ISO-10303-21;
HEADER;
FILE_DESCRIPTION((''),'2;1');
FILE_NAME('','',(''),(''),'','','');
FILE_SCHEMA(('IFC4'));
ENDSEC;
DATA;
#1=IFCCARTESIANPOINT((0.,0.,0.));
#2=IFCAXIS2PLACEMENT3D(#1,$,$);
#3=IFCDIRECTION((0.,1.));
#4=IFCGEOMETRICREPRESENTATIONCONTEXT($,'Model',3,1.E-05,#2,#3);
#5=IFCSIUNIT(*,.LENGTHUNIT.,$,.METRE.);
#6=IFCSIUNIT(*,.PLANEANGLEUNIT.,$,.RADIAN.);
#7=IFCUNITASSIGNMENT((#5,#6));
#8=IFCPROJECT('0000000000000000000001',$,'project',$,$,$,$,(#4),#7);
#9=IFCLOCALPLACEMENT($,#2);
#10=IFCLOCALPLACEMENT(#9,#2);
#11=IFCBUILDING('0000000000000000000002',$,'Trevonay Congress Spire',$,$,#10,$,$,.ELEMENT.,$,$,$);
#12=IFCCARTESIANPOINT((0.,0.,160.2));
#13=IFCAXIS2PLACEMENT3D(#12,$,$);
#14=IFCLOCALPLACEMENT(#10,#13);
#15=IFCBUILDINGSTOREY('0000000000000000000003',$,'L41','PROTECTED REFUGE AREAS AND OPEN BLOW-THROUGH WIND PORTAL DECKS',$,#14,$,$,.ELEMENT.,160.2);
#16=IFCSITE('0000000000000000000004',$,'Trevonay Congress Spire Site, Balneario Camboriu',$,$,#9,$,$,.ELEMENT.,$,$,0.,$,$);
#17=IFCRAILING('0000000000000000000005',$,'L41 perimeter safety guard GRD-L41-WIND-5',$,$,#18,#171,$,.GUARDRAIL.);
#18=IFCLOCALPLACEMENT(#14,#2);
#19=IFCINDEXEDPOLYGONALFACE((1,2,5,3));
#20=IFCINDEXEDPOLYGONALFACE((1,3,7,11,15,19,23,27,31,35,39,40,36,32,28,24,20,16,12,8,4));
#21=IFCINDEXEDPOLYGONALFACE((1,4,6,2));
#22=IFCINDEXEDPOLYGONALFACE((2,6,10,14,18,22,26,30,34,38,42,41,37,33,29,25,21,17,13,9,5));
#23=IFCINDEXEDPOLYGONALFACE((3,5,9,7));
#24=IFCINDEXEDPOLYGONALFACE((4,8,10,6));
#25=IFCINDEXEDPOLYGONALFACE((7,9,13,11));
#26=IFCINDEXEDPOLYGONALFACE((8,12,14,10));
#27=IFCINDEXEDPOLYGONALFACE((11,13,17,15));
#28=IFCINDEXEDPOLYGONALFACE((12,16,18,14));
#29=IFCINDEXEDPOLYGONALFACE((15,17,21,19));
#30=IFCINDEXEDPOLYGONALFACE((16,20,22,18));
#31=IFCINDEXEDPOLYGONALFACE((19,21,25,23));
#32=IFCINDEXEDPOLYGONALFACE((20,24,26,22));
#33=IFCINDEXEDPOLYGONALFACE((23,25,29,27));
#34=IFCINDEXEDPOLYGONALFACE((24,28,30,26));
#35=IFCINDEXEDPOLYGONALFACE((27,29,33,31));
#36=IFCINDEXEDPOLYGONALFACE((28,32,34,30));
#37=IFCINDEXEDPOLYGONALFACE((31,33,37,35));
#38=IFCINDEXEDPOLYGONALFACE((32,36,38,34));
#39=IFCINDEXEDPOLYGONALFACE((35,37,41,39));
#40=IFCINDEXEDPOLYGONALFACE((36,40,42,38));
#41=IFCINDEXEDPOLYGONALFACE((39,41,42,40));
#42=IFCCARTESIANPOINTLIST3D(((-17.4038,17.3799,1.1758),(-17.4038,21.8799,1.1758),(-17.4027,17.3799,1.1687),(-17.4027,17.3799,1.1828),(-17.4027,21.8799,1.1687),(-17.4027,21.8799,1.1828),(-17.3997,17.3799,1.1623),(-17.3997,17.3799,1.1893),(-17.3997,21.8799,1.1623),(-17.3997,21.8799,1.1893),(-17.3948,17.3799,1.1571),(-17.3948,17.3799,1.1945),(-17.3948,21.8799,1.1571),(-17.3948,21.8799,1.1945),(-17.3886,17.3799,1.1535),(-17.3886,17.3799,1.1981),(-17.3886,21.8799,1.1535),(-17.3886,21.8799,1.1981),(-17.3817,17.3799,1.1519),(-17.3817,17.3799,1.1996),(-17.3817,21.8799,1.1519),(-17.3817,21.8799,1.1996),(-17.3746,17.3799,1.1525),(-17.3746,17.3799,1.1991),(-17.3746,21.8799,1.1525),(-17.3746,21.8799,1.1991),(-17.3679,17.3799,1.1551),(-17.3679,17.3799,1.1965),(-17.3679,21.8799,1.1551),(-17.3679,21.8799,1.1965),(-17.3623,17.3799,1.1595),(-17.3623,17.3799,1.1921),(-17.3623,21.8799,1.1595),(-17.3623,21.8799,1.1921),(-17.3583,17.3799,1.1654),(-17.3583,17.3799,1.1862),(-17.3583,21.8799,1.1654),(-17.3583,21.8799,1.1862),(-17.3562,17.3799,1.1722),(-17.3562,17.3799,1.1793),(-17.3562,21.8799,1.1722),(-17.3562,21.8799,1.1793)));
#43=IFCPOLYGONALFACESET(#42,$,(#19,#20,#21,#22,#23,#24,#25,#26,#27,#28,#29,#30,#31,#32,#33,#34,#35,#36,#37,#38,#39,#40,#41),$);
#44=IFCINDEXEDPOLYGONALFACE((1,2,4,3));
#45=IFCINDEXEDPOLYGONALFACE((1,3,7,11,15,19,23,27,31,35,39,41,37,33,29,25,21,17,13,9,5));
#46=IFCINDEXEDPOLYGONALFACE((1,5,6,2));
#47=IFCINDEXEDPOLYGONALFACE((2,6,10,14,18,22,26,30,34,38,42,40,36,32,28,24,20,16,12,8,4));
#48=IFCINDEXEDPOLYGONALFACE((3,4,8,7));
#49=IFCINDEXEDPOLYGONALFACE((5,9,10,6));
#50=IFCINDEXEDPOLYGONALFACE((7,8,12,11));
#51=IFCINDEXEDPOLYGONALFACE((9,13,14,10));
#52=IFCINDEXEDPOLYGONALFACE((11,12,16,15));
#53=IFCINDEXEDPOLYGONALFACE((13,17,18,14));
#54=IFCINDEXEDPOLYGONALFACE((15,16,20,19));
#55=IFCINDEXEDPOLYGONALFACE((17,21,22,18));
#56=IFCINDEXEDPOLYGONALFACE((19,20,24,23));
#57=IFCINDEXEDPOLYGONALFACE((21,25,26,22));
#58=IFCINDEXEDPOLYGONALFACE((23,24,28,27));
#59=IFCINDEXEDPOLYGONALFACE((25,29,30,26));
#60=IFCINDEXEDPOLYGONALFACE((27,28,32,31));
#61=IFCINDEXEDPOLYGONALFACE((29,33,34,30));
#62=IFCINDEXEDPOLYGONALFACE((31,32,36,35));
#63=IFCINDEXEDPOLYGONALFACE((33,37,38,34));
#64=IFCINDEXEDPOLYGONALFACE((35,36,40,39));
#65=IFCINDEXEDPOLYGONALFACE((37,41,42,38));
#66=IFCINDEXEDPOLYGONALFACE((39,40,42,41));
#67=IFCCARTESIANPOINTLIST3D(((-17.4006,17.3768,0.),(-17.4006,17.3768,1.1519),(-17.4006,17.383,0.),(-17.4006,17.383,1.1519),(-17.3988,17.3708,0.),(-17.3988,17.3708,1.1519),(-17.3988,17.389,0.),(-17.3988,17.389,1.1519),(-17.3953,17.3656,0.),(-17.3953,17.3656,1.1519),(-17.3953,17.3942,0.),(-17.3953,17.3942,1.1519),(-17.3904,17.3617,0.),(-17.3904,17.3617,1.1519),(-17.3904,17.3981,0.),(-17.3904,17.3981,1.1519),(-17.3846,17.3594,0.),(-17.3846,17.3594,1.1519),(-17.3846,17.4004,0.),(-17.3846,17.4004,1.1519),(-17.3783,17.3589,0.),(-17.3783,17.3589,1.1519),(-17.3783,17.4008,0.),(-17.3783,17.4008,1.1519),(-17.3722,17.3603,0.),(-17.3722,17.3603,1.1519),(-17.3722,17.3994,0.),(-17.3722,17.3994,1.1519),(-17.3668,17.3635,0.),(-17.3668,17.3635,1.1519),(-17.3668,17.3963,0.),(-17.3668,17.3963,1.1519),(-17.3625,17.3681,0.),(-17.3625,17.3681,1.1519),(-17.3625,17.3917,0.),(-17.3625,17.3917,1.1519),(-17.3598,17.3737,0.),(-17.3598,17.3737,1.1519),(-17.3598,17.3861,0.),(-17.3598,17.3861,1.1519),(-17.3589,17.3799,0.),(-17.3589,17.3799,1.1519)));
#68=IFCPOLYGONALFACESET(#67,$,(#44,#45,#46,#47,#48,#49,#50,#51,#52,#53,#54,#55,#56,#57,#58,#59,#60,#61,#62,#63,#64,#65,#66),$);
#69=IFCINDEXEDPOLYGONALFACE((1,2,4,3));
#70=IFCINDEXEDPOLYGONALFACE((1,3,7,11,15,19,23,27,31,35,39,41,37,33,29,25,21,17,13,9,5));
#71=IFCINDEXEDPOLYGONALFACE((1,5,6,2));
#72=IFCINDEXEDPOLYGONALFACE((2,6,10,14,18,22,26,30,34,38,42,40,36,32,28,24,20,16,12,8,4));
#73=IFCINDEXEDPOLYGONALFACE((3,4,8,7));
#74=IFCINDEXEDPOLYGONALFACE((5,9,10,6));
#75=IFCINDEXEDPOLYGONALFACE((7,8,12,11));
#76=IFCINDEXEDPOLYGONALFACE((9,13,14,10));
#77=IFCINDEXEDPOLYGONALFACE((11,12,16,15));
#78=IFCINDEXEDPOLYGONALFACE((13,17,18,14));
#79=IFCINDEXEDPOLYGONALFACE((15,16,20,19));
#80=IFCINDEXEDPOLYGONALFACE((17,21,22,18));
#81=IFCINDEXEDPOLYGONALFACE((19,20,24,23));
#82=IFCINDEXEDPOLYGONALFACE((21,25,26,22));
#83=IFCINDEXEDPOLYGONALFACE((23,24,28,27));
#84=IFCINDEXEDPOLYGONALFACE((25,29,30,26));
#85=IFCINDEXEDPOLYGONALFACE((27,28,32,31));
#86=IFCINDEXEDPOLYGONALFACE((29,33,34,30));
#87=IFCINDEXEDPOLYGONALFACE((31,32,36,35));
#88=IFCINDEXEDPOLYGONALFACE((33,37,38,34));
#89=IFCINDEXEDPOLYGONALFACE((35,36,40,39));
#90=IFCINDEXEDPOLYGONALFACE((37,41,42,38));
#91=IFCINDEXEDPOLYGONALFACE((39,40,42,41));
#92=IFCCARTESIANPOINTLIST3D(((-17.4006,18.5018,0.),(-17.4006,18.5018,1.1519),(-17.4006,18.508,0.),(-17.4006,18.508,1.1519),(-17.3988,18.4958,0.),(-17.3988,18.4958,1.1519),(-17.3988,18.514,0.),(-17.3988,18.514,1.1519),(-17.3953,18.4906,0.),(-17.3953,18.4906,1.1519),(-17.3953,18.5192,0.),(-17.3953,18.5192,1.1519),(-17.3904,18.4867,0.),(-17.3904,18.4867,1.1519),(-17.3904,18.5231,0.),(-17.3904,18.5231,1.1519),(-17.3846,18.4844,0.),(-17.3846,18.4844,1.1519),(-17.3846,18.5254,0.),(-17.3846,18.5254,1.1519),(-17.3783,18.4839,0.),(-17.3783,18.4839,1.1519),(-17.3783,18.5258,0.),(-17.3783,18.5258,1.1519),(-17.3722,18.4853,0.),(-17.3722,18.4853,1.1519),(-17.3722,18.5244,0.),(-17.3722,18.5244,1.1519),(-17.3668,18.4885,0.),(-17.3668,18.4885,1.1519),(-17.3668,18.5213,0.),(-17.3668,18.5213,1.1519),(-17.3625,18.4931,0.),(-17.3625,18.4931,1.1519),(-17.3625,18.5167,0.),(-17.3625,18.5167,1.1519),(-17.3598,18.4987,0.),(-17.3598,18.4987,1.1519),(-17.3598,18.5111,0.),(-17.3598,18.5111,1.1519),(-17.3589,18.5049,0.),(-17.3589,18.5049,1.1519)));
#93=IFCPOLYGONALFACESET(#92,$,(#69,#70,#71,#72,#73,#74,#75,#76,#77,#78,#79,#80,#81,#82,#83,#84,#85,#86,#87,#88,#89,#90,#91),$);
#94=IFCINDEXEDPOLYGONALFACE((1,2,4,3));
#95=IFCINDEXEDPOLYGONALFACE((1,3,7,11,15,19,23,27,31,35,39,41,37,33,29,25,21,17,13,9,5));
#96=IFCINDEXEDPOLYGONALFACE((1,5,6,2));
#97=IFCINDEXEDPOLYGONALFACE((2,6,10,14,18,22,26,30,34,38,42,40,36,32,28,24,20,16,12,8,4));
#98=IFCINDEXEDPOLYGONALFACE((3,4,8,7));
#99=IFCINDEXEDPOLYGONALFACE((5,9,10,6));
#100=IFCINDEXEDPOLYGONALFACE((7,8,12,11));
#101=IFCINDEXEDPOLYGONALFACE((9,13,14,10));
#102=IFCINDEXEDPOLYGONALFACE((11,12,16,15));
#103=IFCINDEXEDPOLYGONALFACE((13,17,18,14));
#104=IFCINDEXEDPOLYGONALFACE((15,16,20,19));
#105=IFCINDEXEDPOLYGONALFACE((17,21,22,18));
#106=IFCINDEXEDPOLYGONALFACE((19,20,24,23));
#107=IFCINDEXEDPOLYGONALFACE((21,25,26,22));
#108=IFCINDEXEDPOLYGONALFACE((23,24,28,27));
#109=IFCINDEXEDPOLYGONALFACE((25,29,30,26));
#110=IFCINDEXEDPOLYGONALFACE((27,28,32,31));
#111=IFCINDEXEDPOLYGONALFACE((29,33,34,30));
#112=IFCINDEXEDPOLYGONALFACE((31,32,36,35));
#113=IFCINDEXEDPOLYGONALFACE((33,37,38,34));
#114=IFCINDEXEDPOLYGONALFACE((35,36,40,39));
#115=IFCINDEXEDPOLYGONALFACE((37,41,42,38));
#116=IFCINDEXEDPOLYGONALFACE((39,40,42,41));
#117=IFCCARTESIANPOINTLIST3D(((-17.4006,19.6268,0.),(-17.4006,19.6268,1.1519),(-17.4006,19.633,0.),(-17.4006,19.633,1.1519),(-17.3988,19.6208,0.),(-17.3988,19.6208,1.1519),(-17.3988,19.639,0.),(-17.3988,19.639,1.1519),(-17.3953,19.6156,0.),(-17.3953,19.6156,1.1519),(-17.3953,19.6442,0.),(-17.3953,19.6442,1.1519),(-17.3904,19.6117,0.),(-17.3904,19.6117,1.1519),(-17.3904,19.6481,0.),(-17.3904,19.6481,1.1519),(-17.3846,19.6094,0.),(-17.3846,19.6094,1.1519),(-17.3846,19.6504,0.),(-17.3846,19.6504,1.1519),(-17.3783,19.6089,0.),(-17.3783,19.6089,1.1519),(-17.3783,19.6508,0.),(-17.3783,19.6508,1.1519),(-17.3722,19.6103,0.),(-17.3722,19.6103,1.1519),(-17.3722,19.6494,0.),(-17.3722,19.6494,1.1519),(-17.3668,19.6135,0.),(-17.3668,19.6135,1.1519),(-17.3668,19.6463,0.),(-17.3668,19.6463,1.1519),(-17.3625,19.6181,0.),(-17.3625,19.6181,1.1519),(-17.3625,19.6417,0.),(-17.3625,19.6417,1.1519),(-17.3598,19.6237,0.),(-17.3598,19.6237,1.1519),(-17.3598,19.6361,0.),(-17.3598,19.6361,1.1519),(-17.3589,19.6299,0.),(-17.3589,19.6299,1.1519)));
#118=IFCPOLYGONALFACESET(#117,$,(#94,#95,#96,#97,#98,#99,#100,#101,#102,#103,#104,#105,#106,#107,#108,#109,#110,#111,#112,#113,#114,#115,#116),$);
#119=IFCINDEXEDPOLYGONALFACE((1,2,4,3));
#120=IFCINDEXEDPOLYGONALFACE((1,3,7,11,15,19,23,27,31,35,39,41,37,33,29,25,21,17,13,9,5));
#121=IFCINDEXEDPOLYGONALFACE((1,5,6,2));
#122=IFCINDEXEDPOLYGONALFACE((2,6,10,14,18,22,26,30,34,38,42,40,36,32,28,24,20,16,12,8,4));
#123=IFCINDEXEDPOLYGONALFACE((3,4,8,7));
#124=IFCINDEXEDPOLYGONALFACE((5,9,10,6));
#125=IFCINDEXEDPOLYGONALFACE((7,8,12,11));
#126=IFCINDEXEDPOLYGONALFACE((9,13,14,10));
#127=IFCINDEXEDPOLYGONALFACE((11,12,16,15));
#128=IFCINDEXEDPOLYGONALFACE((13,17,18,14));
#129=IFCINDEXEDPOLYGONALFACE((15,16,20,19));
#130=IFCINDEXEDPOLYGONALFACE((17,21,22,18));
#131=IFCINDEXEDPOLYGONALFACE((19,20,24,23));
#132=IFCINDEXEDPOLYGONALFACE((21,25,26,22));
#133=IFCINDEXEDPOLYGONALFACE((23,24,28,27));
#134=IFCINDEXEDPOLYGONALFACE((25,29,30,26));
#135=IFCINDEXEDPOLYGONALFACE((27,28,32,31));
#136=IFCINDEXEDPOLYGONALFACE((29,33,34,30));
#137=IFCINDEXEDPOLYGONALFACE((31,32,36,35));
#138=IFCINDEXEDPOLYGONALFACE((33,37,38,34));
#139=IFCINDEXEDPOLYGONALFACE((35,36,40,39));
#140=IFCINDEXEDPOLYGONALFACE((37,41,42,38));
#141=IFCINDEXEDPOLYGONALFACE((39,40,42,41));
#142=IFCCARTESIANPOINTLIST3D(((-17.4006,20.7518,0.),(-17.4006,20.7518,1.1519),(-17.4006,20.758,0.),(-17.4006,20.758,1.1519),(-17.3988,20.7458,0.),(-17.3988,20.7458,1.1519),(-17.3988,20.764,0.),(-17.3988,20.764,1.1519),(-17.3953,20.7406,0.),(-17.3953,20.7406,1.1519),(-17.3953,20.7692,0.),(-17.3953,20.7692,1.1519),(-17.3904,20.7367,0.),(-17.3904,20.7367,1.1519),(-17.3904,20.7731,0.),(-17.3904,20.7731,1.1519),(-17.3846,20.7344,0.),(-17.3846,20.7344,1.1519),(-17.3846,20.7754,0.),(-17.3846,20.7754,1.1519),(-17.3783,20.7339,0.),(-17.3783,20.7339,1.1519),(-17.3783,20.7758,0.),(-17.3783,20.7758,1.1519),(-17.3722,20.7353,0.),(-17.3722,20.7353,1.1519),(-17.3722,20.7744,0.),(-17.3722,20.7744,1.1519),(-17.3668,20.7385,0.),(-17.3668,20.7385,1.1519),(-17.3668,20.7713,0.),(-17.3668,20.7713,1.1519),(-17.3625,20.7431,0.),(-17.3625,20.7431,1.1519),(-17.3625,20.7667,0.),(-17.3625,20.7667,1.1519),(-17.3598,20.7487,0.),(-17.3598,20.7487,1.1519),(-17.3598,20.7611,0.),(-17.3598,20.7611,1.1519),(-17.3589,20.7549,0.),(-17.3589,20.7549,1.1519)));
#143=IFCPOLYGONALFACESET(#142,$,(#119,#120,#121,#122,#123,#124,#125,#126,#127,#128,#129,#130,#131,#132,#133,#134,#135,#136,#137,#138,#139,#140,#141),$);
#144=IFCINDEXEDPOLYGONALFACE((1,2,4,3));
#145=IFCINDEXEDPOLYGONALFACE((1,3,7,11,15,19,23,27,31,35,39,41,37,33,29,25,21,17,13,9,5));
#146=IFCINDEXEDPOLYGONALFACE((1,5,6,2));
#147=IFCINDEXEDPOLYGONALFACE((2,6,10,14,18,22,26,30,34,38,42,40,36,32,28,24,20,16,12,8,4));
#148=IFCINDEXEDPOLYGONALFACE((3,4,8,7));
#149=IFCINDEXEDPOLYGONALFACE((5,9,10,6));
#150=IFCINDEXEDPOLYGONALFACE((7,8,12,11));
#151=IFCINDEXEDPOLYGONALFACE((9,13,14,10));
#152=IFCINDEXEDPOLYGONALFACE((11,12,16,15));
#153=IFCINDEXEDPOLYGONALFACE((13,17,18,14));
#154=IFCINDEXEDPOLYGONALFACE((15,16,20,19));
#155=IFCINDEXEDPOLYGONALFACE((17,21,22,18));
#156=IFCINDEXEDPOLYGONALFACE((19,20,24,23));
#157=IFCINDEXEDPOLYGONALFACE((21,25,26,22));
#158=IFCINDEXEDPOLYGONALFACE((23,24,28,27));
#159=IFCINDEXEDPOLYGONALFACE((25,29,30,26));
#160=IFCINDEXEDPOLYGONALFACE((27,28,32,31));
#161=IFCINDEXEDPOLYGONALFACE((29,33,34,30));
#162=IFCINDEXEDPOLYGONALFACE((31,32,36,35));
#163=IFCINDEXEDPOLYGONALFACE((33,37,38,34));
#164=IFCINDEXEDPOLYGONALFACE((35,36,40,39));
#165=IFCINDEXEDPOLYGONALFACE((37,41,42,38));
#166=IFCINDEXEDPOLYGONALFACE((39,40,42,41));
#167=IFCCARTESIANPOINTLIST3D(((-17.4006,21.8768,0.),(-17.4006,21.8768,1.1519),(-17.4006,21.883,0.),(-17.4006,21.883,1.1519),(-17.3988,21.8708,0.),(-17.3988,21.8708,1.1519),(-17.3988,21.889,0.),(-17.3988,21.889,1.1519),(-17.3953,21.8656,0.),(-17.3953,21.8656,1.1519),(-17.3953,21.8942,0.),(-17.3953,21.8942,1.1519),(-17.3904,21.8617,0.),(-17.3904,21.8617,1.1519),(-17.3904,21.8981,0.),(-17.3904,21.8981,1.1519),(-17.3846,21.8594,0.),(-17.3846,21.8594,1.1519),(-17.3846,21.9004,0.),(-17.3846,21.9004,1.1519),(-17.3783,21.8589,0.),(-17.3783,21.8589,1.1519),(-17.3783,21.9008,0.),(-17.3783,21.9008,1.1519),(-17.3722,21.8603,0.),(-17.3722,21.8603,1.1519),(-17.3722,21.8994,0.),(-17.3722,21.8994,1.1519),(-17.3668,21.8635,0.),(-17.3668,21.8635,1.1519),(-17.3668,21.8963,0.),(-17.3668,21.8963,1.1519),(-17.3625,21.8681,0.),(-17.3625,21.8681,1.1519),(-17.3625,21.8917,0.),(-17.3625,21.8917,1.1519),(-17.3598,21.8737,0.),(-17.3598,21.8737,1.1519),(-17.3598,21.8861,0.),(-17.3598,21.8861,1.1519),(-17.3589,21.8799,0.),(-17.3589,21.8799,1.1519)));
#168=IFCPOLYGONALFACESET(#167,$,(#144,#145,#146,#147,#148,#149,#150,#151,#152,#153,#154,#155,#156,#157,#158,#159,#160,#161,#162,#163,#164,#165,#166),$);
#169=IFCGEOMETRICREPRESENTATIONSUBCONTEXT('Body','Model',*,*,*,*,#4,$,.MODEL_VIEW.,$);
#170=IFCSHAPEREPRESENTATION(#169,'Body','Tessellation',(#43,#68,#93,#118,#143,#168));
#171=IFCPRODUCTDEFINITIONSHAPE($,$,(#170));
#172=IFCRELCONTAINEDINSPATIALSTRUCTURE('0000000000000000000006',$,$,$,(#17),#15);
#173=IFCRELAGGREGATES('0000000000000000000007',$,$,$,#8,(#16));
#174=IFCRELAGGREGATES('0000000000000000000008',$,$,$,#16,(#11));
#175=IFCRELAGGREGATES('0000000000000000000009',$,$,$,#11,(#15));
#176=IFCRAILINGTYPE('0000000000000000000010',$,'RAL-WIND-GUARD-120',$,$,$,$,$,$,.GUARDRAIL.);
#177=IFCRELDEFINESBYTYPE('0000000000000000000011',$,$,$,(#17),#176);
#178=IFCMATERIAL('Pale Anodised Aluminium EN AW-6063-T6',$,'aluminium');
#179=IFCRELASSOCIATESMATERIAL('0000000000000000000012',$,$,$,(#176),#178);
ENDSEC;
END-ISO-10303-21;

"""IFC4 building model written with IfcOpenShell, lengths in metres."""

from ifc_helpers import new_model, si_unit, direction, frame, origin, origin_2d, place, context, subcontext, project, spatial, circle, extrude, material, type_object, element, save


model = new_model("IFC4")

# Units and contexts
model_context = context("Model", 3, precision=1e-05, world=origin(), true_north=direction((0.0, 1.0)))
body_context = subcontext(model_context, "Body", "Model", "MODEL_VIEW")
ifc_project = project(units=[si_unit("LENGTHUNIT", "METRE"), si_unit("PLANEANGLEUNIT", "RADIAN")], contexts=[model_context])

# Site, building, storey
site_placement = place(None, origin())
site = spatial("IfcSite", under=ifc_project, at=site_placement, Name="Trevonay Congress Spire Site, Balneario Camboriu", CompositionType="ELEMENT", RefElevation=0.0)
building_placement = place(site_placement, origin())
building = spatial("IfcBuilding", under=site, at=building_placement, Name="Trevonay Congress Spire", CompositionType="ELEMENT")
storey_placement = place(building_placement, frame((0.0, 0.0, 160.2)))
storey = spatial("IfcBuildingStorey", under=building, at=storey_placement, Name="L41", Description="PROTECTED REFUGE AREAS AND OPEN BLOW-THROUGH WIND PORTAL DECKS", CompositionType="ELEMENT", Elevation=160.2)

# Railing
ifc_material_1 = material(Name="Pale Anodised Aluminium EN AW-6063-T6", Category="aluminium")
railing_type = type_object("IfcRailingType", Name="RAL-WIND-GUARD-120", PredefinedType="GUARDRAIL", material=ifc_material_1)
railing_1_placement = place(storey_placement, frame((-17.3799, 17.3799, 0.0)))
element("IfcRailing", 1, at=railing_1_placement, inside=storey, type_object=railing_type, Name="L41 perimeter safety guard GRD-L41-WIND-5", PredefinedType="GUARDRAIL", context=body_context, shape_type="SweptSolid", body=[
    extrude(circle(Radius=0.0239, at=origin_2d()), frame((0.0, 0.0, 1.1758), z_axis=(0.0, 1.0, 0.0), x_axis=(-1.0, 0.0, 0.0)), (0.0, 0.0, 1.0), 4.5),
    extrude(circle(Radius=0.021, at=origin_2d()), origin(), (0.0, 0.0, 1.0), 1.1519),
    extrude(circle(Radius=0.021, at=origin_2d()), frame((0.0, 1.125, 0.0)), (0.0, 0.0, 1.0), 1.1519),
    extrude(circle(Radius=0.021, at=origin_2d()), frame((0.0, 2.25, 0.0)), (0.0, 0.0, 1.0), 1.1519),
    extrude(circle(Radius=0.021, at=origin_2d()), frame((0.0, 3.375, 0.0)), (0.0, 0.0, 1.0), 1.1519),
    extrude(circle(Radius=0.021, at=origin_2d()), frame((0.0, 4.5, 0.0)), (0.0, 0.0, 1.0), 1.1519),
])

save(model, "model.ifc")
